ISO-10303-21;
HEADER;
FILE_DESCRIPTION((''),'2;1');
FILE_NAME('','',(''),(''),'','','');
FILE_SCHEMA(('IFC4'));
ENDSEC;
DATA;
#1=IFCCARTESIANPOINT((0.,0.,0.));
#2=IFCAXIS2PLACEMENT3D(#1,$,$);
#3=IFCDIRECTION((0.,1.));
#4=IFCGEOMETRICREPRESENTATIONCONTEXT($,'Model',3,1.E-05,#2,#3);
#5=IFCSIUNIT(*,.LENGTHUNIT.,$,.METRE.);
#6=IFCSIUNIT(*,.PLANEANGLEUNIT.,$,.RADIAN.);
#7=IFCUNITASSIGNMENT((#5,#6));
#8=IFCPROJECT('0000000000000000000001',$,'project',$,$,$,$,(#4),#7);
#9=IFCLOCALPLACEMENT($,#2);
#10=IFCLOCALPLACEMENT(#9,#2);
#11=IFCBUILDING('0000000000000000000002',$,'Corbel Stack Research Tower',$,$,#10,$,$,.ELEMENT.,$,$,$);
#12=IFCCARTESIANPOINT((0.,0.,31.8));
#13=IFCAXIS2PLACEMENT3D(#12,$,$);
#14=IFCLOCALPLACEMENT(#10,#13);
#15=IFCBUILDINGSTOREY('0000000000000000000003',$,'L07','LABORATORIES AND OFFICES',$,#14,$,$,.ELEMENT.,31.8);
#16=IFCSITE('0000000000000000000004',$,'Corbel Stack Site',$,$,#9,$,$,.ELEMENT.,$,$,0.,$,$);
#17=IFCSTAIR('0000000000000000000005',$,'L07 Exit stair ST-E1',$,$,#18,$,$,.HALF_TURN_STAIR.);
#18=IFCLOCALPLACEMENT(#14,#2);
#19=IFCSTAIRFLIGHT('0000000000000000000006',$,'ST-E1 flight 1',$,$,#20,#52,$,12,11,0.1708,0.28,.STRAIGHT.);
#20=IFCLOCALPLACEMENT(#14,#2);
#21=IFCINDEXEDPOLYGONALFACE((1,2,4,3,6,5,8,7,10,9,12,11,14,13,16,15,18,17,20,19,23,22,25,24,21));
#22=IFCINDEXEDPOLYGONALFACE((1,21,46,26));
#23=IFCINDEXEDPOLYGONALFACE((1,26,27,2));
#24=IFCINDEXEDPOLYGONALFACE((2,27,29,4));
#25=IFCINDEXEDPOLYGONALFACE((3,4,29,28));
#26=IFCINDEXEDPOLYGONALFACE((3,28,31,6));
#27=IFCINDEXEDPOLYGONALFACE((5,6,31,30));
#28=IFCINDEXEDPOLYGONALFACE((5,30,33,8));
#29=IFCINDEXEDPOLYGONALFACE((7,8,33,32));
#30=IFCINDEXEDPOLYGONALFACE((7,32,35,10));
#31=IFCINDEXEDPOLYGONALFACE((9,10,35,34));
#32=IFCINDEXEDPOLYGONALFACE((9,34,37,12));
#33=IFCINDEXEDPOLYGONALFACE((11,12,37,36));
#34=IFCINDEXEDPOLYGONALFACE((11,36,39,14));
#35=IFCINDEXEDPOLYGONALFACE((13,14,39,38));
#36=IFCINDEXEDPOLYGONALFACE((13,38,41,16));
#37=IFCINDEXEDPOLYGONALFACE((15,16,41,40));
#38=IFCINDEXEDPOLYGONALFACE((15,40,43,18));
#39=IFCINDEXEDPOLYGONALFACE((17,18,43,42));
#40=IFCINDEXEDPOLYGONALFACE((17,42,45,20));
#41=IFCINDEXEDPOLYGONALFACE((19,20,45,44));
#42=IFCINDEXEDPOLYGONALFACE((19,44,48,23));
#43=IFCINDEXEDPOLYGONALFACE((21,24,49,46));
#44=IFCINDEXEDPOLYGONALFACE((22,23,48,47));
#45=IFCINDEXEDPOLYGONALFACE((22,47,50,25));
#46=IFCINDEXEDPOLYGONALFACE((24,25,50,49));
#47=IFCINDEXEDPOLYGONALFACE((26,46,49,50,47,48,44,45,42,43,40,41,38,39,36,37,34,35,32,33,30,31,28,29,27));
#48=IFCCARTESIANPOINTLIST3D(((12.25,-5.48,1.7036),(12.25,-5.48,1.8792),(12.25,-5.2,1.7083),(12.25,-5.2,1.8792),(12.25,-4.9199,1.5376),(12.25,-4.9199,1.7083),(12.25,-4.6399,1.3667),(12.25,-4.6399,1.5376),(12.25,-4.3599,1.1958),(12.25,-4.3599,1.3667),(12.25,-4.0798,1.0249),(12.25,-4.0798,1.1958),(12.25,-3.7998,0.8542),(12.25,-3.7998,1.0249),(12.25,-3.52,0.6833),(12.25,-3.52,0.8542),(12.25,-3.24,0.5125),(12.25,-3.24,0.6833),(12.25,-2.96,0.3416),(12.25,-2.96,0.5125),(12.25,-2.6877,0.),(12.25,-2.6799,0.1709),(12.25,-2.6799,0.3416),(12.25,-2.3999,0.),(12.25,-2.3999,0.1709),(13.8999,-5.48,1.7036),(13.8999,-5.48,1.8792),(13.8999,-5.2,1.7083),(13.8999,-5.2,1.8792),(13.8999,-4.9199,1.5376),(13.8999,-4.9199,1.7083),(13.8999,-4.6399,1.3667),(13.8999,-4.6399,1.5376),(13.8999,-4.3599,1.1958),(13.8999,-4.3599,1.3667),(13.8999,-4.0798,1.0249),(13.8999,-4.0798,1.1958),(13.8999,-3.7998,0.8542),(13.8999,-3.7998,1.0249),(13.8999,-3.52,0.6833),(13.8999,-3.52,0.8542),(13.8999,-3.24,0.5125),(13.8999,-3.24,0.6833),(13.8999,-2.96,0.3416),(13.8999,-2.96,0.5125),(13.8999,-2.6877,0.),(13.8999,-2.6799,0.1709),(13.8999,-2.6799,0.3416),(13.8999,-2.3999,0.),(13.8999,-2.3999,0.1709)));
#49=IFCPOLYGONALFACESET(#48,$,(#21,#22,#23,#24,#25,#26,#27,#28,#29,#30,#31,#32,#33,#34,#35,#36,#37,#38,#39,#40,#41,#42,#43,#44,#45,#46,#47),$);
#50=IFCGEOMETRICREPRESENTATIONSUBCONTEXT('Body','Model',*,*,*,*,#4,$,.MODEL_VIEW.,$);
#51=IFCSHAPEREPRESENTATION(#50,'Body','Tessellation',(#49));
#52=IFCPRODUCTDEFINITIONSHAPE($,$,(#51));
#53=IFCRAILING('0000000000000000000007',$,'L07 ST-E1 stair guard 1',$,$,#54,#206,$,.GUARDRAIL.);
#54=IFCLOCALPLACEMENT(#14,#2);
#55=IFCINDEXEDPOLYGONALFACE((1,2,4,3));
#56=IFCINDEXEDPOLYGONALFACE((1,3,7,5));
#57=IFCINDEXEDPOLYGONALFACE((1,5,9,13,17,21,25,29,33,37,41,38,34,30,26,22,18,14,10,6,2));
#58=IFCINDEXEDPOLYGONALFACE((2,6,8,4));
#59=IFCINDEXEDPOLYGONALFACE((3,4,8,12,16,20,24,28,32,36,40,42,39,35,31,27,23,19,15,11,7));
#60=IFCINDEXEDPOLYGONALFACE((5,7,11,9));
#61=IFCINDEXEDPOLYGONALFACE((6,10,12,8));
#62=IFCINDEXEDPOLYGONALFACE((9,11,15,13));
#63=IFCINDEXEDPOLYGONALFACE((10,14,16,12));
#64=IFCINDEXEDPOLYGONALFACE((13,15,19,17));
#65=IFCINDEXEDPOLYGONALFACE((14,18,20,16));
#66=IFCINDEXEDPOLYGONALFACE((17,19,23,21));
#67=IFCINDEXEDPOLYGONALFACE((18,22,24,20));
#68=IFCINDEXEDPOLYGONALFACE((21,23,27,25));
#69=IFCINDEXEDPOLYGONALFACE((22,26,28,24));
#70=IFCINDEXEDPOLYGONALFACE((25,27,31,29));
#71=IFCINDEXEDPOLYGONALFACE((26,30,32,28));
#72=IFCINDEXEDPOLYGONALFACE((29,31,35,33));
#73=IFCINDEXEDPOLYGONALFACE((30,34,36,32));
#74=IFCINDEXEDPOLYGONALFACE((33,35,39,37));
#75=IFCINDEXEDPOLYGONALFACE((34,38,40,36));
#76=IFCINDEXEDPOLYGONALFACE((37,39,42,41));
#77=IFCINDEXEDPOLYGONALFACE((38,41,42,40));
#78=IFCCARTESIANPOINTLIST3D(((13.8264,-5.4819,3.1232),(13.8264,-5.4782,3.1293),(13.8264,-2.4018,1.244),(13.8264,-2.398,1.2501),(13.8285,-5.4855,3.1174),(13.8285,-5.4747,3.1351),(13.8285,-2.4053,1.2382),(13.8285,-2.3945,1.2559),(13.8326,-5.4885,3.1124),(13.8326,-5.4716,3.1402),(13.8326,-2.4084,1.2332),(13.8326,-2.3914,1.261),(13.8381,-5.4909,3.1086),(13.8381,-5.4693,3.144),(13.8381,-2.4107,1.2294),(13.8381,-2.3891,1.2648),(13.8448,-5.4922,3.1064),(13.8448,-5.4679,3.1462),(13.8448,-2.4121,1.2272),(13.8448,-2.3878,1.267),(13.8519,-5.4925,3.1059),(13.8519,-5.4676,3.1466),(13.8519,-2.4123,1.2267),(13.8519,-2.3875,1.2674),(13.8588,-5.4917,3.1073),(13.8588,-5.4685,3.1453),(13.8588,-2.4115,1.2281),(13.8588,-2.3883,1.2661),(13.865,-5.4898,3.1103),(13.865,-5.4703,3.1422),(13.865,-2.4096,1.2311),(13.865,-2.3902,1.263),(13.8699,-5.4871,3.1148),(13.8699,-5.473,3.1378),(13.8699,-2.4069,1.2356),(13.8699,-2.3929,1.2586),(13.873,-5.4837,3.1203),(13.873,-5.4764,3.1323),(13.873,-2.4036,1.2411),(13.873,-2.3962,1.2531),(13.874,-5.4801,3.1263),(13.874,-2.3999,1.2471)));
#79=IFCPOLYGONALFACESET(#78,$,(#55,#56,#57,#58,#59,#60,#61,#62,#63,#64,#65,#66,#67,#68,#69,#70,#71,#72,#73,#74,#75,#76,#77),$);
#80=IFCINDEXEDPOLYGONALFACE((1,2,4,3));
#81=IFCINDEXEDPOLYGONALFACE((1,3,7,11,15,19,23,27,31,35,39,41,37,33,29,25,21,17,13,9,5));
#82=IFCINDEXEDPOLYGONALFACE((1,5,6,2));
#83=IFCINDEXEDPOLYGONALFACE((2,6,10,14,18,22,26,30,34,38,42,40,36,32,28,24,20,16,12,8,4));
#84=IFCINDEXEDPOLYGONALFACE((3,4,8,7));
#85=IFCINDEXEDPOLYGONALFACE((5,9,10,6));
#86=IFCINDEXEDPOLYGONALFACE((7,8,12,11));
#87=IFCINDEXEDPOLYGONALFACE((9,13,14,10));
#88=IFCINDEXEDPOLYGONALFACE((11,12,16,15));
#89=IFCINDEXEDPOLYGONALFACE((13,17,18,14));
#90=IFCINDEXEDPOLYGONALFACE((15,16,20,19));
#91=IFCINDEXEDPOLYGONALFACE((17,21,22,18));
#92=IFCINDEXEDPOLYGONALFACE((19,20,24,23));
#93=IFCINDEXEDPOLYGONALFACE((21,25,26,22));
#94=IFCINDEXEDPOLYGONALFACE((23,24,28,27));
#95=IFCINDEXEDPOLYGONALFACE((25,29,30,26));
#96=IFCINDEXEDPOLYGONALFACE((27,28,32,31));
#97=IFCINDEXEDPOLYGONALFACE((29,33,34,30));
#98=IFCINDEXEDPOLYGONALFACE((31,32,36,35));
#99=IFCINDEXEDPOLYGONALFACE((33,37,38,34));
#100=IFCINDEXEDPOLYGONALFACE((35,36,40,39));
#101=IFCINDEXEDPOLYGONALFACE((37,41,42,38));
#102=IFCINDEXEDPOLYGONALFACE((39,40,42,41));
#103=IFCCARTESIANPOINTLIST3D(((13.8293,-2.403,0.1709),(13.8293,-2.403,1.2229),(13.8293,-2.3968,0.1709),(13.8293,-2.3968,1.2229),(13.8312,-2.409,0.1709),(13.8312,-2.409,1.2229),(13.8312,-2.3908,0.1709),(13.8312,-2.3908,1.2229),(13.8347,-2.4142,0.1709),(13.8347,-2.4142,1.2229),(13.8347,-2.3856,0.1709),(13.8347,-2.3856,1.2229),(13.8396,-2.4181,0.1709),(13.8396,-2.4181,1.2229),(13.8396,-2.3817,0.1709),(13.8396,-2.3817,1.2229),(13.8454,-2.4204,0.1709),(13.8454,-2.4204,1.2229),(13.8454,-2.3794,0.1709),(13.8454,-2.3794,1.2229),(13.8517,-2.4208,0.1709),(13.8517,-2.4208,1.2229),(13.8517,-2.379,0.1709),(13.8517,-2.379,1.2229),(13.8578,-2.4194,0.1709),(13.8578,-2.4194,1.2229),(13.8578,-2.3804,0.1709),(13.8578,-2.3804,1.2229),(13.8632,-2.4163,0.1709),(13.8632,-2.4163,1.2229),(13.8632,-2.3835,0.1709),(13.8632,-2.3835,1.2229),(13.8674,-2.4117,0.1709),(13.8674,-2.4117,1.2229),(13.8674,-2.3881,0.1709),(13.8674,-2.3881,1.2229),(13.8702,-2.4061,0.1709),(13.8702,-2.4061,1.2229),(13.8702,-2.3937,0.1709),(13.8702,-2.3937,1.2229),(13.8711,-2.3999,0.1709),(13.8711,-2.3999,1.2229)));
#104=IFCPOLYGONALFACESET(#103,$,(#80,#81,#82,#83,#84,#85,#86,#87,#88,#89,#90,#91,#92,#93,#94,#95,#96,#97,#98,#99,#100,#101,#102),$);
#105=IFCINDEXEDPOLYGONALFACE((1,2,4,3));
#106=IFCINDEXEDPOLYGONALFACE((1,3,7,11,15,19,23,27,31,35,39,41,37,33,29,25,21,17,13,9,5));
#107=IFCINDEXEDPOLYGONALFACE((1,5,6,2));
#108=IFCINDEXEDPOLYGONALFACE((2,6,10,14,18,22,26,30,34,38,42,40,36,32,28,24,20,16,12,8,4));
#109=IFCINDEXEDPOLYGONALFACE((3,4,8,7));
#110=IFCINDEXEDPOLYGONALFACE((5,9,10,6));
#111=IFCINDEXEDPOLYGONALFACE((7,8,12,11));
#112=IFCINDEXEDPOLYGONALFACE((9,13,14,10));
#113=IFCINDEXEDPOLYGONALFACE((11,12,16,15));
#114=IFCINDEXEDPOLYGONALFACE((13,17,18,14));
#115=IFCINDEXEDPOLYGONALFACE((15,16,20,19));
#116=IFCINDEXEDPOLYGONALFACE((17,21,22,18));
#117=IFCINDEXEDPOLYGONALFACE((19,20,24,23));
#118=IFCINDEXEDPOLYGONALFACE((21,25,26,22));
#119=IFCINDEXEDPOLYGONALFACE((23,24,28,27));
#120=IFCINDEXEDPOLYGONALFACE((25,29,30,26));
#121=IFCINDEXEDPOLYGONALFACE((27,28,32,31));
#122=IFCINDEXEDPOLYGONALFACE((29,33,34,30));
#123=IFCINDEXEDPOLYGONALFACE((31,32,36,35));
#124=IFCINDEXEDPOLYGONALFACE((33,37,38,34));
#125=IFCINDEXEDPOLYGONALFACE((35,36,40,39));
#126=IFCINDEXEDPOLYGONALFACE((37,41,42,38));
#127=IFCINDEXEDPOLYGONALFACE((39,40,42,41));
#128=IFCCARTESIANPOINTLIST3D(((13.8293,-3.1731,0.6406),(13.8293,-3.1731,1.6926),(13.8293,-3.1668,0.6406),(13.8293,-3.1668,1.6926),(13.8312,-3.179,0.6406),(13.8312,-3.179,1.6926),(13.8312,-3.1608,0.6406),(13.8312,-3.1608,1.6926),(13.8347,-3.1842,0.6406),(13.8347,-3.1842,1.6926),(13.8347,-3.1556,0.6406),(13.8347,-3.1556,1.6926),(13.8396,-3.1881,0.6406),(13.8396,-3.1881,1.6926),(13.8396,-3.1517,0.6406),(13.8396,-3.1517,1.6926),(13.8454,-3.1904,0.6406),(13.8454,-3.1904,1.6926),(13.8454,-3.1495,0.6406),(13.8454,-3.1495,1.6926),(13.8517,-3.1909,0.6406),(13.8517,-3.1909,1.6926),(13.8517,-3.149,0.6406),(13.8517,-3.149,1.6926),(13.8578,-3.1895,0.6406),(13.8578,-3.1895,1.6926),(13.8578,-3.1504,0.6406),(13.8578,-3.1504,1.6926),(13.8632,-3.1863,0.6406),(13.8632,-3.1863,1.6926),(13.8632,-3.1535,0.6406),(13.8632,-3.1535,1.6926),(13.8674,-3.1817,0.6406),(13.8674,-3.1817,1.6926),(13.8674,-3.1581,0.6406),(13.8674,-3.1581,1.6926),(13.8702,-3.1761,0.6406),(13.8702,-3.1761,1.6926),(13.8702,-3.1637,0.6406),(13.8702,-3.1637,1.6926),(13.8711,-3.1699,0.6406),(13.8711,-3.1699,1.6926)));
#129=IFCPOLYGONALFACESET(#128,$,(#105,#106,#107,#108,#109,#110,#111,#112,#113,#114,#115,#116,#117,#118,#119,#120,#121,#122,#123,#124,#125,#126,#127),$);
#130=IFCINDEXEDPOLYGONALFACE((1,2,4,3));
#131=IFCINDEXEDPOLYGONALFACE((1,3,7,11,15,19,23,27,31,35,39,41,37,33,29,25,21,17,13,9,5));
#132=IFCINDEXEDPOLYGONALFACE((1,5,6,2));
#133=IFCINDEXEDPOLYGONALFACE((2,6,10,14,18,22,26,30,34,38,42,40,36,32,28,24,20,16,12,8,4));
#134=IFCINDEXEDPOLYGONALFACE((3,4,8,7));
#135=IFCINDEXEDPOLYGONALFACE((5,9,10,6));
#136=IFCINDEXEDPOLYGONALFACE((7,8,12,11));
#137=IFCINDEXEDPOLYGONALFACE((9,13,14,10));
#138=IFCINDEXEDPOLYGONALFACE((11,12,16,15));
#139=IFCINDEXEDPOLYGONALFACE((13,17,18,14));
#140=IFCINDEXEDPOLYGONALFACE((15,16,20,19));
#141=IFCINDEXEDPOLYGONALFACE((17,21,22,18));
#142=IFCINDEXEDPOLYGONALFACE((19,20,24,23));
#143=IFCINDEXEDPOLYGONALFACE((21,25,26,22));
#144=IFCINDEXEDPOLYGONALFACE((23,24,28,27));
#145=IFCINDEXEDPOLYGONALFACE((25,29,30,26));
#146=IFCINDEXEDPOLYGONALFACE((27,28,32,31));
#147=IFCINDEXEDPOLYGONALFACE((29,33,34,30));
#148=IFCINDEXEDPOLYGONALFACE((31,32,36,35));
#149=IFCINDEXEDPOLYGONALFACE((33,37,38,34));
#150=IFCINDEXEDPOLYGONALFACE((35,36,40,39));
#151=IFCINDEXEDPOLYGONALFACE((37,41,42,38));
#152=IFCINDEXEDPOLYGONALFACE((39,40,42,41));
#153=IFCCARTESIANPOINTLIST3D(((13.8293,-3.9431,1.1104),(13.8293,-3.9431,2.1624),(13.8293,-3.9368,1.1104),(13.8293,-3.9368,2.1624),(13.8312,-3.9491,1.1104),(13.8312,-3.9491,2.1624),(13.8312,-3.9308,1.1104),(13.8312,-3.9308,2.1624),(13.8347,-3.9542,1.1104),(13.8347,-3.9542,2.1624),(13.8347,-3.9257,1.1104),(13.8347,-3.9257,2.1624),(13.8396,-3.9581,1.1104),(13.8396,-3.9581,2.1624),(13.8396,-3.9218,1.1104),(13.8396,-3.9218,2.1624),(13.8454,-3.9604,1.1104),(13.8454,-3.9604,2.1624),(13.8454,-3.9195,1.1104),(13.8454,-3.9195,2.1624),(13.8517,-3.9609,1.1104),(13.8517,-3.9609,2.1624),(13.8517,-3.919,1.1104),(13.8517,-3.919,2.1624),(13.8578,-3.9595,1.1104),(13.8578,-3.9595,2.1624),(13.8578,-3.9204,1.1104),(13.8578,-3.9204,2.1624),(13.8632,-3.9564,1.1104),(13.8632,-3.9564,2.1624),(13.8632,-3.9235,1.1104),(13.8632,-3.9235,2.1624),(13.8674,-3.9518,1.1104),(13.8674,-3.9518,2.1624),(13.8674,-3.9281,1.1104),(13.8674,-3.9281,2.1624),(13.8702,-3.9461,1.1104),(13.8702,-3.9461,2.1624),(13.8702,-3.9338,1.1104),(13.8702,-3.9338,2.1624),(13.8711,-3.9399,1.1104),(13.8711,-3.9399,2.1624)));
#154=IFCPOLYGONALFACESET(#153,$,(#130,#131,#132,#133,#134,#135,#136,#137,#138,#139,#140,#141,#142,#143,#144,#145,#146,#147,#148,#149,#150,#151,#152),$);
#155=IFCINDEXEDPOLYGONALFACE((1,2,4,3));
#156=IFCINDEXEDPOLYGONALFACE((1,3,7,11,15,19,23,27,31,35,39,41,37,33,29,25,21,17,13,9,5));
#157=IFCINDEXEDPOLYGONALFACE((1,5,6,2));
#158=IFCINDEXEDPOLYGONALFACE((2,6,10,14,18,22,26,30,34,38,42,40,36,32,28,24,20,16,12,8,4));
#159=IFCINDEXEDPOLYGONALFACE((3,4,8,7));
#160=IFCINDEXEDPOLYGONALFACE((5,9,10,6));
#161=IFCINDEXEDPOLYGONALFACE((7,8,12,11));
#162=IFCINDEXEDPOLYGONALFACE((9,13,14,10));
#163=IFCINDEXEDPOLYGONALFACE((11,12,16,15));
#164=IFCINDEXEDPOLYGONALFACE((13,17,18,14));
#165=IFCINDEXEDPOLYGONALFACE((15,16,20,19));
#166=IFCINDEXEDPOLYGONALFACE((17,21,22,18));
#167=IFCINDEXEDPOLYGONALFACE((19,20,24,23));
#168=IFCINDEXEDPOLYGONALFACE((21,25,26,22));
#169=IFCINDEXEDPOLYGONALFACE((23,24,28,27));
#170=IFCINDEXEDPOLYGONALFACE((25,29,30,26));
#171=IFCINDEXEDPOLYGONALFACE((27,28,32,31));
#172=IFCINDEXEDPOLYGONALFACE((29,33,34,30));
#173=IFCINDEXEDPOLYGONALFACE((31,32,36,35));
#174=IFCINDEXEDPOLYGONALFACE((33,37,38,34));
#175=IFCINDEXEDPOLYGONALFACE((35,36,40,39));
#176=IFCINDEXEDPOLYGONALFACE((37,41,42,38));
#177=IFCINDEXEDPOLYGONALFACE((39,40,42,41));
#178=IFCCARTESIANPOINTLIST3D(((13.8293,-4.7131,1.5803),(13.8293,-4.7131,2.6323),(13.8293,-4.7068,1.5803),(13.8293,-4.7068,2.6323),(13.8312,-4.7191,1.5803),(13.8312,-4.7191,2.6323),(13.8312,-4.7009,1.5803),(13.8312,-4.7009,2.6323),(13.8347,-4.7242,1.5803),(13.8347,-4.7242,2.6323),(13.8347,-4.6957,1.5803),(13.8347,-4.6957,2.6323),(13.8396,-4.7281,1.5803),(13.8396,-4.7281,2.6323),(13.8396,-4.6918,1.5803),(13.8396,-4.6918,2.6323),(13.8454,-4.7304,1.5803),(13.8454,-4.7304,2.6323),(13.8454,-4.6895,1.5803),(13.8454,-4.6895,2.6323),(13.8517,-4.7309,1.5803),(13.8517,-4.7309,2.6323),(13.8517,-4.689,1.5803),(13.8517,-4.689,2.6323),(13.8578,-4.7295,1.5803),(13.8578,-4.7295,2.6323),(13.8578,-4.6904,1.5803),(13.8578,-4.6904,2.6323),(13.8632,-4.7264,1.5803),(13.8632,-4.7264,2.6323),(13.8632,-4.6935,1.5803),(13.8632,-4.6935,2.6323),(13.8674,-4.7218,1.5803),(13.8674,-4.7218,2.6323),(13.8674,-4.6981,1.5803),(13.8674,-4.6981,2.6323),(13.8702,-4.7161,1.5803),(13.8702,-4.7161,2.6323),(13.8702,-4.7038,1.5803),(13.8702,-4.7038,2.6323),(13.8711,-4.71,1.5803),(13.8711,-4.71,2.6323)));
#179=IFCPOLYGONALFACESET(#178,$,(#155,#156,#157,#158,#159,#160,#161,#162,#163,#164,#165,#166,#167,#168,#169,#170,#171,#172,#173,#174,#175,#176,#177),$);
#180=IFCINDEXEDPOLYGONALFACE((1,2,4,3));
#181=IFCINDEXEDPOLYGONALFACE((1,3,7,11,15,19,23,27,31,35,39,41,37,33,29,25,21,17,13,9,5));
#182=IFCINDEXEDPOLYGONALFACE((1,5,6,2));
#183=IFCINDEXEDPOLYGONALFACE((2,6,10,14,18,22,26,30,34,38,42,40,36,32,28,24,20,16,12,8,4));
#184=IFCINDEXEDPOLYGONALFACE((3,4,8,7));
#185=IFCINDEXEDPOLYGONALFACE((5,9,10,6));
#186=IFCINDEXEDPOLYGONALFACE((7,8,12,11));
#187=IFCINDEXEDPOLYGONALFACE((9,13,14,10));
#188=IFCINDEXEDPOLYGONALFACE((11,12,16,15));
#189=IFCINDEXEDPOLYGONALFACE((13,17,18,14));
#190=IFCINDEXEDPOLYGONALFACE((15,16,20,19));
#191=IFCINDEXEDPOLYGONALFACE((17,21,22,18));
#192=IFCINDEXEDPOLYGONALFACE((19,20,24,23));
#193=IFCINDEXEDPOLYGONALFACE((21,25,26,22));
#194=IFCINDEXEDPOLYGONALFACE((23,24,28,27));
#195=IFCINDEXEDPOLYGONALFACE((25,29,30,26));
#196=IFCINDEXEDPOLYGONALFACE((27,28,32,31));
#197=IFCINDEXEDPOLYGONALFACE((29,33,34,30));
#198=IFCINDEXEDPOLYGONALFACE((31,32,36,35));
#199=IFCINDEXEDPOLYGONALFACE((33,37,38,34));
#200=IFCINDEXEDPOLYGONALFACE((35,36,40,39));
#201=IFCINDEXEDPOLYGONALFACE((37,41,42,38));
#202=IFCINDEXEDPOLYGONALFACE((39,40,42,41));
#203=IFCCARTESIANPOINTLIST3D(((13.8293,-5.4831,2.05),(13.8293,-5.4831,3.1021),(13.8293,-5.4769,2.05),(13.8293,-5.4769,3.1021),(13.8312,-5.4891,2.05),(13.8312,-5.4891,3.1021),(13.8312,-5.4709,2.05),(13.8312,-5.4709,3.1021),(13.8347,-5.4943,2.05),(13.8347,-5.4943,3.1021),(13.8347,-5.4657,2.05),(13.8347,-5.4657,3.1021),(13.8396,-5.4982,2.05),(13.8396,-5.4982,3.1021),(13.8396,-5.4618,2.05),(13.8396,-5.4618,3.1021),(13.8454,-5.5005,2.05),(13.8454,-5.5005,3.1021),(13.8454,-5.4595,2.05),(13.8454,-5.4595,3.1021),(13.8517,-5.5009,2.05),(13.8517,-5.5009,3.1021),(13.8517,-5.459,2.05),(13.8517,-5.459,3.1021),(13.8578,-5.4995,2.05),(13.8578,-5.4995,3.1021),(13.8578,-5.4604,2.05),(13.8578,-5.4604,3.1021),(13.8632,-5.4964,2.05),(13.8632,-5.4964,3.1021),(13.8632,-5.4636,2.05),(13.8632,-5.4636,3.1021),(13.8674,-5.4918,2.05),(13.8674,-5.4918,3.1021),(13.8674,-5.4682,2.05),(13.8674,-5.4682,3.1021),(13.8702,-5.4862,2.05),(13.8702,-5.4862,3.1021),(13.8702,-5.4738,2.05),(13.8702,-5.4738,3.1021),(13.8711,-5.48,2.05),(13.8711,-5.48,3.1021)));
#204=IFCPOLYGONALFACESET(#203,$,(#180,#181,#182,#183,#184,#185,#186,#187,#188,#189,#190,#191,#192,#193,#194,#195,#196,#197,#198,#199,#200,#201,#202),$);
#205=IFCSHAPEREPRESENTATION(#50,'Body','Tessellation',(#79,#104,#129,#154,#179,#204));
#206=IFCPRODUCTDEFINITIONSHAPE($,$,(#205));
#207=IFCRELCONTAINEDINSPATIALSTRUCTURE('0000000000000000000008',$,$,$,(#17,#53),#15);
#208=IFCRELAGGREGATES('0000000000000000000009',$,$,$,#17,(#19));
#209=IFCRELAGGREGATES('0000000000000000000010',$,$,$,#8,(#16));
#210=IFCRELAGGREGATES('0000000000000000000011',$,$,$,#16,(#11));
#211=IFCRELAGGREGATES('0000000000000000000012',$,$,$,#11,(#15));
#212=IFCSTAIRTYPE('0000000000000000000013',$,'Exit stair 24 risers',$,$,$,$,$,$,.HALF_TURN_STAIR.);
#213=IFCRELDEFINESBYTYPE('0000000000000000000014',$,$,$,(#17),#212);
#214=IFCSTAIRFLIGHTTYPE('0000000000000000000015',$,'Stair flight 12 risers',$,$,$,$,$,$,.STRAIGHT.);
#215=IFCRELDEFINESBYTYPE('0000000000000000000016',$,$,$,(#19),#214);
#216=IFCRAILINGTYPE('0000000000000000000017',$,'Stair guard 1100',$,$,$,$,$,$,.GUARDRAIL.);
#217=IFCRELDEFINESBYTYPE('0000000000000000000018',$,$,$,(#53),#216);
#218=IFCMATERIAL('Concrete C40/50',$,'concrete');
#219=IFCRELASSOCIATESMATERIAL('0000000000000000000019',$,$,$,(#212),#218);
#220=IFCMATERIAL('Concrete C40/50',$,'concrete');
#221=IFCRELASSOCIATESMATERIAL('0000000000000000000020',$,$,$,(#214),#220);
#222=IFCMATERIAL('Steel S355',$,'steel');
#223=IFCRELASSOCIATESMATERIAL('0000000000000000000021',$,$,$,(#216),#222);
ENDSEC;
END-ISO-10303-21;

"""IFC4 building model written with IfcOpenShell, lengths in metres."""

from ifc_helpers import new_model, si_unit, direction, frame, origin, origin_2d, place, context, subcontext, project, spatial, polyline, circle, outline, extrude, material, type_object, element, aggregate, save


model = new_model("IFC4")

# Units and contexts
model_context = context("Model", 3, precision=1e-05, world=origin(), true_north=direction((0.0, 1.0)))
body_context = subcontext(model_context, "Body", "Model", "MODEL_VIEW")
ifc_project = project(units=[si_unit("LENGTHUNIT", "METRE"), si_unit("PLANEANGLEUNIT", "RADIAN")], contexts=[model_context])

# Site, building, storey
site_placement = place(None, origin())
site = spatial("IfcSite", under=ifc_project, at=site_placement, Name="Corbel Stack Site", CompositionType="ELEMENT", RefElevation=0.0)
building_placement = place(site_placement, origin())
building = spatial("IfcBuilding", under=site, at=building_placement, Name="Corbel Stack Research Tower", CompositionType="ELEMENT")
storey_placement = place(building_placement, frame((0.0, 0.0, 31.8)))
storey = spatial("IfcBuildingStorey", under=building, at=storey_placement, Name="L07", Description="LABORATORIES AND OFFICES", CompositionType="ELEMENT", Elevation=31.8)

# Stair
ifc_material_1 = material(Name="Concrete C40/50", Category="concrete")
stair_type = type_object("IfcStairType", Name="Exit stair 24 risers", PredefinedType="HALF_TURN_STAIR", material=ifc_material_1)
stair_1_placement = place(storey_placement, origin())
stair_1 = element("IfcStair", 1, at=stair_1_placement, inside=storey, type_object=stair_type, Name="L07 Exit stair ST-E1", PredefinedType="HALF_TURN_STAIR")

# Stair flight
ifc_material_2 = material(Name="Concrete C40/50", Category="concrete")
stair_flight_type = type_object("IfcStairFlightType", Name="Stair flight 12 risers", PredefinedType="STRAIGHT", material=ifc_material_2)
stair_flight_placement = place(storey_placement, frame((13.075, -2.3999, 0.0), z_axis=(0.0, 0.0, 1.0), x_axis=(0.0, -1.0, 0.0)))
stair_flight = element("IfcStairFlight", 2, at=stair_flight_placement, type_object=stair_flight_type, Name="ST-E1 flight 1", NumberOfRisers=12, NumberOfTreads=11, PredefinedType="STRAIGHT", RiserHeight=0.1708, TreadLength=0.28, context=body_context, shape_type="SweptSolid", body=[
    extrude(outline(polyline([(0.0, 0.0), (0.0, 0.1709), (0.28, 0.1709), (0.28, 0.3416), (0.5601, 0.3416), (0.5601, 0.5125), (0.8401, 0.5125), (0.8401, 0.6833), (1.1201, 0.6833), (1.1201, 0.8542), (1.3999, 0.8542), (1.3999, 1.0249), (1.6799, 1.0249), (1.6799, 1.1958), (1.96, 1.1958), (1.96, 1.3667), (2.24, 1.3667), (2.24, 1.5376), (2.52, 1.5376), (2.52, 1.7083), (2.8, 1.7083), (2.8, 1.8792), (3.0801, 1.8792), (3.0801, 2.05), (3.0801, 1.7036), (0.2878, 0.0), (0.0, 0.0)])), frame((0.0, 0.825, 0.0), z_axis=(0.0, -1.0, 0.0), x_axis=(1.0, 0.0, 0.0)), (0.0, 0.0, 1.0), 1.6499),
])
aggregate(stair_1, [stair_flight])

# Railing
ifc_material_3 = material(Name="Steel S355", Category="steel")
railing_type_1 = type_object("IfcRailingType", Name="Stair guard 1100", PredefinedType="GUARDRAIL", material=ifc_material_3)
railing_1_placement = place(storey_placement, frame((13.8501, -2.3999, 0.1709)))
element("IfcRailing", 3, at=railing_1_placement, inside=storey, type_object=railing_type_1, Name="L07 ST-E1 stair guard 1", PredefinedType="GUARDRAIL", context=body_context, shape_type="SweptSolid", body=[
    extrude(circle(Radius=0.0239, at=origin_2d()), frame((0.0, 0.0, 1.0762), z_axis=(0.0, -0.853666, 0.52082), x_axis=(1.0, 0.0, 0.0)), (0.0, 0.0, 1.0), 3.6082),
    extrude(circle(Radius=0.021, at=origin_2d()), origin(), (0.0, 0.0, 1.0), 1.052),
    extrude(circle(Radius=0.021, at=origin_2d()), frame((0.0, -0.77, 0.4697)), (0.0, 0.0, 1.0), 1.052),
    extrude(circle(Radius=0.021, at=origin_2d()), frame((0.0, -1.54, 0.9395)), (0.0, 0.0, 1.0), 1.052),
    extrude(circle(Radius=0.021, at=origin_2d()), frame((0.0, -2.3101, 1.4094)), (0.0, 0.0, 1.0), 1.052),
    extrude(circle(Radius=0.021, at=origin_2d()), frame((0.0, -3.0801, 1.8792)), (0.0, 0.0, 1.0), 1.052),
])

save(model, "model.ifc")
